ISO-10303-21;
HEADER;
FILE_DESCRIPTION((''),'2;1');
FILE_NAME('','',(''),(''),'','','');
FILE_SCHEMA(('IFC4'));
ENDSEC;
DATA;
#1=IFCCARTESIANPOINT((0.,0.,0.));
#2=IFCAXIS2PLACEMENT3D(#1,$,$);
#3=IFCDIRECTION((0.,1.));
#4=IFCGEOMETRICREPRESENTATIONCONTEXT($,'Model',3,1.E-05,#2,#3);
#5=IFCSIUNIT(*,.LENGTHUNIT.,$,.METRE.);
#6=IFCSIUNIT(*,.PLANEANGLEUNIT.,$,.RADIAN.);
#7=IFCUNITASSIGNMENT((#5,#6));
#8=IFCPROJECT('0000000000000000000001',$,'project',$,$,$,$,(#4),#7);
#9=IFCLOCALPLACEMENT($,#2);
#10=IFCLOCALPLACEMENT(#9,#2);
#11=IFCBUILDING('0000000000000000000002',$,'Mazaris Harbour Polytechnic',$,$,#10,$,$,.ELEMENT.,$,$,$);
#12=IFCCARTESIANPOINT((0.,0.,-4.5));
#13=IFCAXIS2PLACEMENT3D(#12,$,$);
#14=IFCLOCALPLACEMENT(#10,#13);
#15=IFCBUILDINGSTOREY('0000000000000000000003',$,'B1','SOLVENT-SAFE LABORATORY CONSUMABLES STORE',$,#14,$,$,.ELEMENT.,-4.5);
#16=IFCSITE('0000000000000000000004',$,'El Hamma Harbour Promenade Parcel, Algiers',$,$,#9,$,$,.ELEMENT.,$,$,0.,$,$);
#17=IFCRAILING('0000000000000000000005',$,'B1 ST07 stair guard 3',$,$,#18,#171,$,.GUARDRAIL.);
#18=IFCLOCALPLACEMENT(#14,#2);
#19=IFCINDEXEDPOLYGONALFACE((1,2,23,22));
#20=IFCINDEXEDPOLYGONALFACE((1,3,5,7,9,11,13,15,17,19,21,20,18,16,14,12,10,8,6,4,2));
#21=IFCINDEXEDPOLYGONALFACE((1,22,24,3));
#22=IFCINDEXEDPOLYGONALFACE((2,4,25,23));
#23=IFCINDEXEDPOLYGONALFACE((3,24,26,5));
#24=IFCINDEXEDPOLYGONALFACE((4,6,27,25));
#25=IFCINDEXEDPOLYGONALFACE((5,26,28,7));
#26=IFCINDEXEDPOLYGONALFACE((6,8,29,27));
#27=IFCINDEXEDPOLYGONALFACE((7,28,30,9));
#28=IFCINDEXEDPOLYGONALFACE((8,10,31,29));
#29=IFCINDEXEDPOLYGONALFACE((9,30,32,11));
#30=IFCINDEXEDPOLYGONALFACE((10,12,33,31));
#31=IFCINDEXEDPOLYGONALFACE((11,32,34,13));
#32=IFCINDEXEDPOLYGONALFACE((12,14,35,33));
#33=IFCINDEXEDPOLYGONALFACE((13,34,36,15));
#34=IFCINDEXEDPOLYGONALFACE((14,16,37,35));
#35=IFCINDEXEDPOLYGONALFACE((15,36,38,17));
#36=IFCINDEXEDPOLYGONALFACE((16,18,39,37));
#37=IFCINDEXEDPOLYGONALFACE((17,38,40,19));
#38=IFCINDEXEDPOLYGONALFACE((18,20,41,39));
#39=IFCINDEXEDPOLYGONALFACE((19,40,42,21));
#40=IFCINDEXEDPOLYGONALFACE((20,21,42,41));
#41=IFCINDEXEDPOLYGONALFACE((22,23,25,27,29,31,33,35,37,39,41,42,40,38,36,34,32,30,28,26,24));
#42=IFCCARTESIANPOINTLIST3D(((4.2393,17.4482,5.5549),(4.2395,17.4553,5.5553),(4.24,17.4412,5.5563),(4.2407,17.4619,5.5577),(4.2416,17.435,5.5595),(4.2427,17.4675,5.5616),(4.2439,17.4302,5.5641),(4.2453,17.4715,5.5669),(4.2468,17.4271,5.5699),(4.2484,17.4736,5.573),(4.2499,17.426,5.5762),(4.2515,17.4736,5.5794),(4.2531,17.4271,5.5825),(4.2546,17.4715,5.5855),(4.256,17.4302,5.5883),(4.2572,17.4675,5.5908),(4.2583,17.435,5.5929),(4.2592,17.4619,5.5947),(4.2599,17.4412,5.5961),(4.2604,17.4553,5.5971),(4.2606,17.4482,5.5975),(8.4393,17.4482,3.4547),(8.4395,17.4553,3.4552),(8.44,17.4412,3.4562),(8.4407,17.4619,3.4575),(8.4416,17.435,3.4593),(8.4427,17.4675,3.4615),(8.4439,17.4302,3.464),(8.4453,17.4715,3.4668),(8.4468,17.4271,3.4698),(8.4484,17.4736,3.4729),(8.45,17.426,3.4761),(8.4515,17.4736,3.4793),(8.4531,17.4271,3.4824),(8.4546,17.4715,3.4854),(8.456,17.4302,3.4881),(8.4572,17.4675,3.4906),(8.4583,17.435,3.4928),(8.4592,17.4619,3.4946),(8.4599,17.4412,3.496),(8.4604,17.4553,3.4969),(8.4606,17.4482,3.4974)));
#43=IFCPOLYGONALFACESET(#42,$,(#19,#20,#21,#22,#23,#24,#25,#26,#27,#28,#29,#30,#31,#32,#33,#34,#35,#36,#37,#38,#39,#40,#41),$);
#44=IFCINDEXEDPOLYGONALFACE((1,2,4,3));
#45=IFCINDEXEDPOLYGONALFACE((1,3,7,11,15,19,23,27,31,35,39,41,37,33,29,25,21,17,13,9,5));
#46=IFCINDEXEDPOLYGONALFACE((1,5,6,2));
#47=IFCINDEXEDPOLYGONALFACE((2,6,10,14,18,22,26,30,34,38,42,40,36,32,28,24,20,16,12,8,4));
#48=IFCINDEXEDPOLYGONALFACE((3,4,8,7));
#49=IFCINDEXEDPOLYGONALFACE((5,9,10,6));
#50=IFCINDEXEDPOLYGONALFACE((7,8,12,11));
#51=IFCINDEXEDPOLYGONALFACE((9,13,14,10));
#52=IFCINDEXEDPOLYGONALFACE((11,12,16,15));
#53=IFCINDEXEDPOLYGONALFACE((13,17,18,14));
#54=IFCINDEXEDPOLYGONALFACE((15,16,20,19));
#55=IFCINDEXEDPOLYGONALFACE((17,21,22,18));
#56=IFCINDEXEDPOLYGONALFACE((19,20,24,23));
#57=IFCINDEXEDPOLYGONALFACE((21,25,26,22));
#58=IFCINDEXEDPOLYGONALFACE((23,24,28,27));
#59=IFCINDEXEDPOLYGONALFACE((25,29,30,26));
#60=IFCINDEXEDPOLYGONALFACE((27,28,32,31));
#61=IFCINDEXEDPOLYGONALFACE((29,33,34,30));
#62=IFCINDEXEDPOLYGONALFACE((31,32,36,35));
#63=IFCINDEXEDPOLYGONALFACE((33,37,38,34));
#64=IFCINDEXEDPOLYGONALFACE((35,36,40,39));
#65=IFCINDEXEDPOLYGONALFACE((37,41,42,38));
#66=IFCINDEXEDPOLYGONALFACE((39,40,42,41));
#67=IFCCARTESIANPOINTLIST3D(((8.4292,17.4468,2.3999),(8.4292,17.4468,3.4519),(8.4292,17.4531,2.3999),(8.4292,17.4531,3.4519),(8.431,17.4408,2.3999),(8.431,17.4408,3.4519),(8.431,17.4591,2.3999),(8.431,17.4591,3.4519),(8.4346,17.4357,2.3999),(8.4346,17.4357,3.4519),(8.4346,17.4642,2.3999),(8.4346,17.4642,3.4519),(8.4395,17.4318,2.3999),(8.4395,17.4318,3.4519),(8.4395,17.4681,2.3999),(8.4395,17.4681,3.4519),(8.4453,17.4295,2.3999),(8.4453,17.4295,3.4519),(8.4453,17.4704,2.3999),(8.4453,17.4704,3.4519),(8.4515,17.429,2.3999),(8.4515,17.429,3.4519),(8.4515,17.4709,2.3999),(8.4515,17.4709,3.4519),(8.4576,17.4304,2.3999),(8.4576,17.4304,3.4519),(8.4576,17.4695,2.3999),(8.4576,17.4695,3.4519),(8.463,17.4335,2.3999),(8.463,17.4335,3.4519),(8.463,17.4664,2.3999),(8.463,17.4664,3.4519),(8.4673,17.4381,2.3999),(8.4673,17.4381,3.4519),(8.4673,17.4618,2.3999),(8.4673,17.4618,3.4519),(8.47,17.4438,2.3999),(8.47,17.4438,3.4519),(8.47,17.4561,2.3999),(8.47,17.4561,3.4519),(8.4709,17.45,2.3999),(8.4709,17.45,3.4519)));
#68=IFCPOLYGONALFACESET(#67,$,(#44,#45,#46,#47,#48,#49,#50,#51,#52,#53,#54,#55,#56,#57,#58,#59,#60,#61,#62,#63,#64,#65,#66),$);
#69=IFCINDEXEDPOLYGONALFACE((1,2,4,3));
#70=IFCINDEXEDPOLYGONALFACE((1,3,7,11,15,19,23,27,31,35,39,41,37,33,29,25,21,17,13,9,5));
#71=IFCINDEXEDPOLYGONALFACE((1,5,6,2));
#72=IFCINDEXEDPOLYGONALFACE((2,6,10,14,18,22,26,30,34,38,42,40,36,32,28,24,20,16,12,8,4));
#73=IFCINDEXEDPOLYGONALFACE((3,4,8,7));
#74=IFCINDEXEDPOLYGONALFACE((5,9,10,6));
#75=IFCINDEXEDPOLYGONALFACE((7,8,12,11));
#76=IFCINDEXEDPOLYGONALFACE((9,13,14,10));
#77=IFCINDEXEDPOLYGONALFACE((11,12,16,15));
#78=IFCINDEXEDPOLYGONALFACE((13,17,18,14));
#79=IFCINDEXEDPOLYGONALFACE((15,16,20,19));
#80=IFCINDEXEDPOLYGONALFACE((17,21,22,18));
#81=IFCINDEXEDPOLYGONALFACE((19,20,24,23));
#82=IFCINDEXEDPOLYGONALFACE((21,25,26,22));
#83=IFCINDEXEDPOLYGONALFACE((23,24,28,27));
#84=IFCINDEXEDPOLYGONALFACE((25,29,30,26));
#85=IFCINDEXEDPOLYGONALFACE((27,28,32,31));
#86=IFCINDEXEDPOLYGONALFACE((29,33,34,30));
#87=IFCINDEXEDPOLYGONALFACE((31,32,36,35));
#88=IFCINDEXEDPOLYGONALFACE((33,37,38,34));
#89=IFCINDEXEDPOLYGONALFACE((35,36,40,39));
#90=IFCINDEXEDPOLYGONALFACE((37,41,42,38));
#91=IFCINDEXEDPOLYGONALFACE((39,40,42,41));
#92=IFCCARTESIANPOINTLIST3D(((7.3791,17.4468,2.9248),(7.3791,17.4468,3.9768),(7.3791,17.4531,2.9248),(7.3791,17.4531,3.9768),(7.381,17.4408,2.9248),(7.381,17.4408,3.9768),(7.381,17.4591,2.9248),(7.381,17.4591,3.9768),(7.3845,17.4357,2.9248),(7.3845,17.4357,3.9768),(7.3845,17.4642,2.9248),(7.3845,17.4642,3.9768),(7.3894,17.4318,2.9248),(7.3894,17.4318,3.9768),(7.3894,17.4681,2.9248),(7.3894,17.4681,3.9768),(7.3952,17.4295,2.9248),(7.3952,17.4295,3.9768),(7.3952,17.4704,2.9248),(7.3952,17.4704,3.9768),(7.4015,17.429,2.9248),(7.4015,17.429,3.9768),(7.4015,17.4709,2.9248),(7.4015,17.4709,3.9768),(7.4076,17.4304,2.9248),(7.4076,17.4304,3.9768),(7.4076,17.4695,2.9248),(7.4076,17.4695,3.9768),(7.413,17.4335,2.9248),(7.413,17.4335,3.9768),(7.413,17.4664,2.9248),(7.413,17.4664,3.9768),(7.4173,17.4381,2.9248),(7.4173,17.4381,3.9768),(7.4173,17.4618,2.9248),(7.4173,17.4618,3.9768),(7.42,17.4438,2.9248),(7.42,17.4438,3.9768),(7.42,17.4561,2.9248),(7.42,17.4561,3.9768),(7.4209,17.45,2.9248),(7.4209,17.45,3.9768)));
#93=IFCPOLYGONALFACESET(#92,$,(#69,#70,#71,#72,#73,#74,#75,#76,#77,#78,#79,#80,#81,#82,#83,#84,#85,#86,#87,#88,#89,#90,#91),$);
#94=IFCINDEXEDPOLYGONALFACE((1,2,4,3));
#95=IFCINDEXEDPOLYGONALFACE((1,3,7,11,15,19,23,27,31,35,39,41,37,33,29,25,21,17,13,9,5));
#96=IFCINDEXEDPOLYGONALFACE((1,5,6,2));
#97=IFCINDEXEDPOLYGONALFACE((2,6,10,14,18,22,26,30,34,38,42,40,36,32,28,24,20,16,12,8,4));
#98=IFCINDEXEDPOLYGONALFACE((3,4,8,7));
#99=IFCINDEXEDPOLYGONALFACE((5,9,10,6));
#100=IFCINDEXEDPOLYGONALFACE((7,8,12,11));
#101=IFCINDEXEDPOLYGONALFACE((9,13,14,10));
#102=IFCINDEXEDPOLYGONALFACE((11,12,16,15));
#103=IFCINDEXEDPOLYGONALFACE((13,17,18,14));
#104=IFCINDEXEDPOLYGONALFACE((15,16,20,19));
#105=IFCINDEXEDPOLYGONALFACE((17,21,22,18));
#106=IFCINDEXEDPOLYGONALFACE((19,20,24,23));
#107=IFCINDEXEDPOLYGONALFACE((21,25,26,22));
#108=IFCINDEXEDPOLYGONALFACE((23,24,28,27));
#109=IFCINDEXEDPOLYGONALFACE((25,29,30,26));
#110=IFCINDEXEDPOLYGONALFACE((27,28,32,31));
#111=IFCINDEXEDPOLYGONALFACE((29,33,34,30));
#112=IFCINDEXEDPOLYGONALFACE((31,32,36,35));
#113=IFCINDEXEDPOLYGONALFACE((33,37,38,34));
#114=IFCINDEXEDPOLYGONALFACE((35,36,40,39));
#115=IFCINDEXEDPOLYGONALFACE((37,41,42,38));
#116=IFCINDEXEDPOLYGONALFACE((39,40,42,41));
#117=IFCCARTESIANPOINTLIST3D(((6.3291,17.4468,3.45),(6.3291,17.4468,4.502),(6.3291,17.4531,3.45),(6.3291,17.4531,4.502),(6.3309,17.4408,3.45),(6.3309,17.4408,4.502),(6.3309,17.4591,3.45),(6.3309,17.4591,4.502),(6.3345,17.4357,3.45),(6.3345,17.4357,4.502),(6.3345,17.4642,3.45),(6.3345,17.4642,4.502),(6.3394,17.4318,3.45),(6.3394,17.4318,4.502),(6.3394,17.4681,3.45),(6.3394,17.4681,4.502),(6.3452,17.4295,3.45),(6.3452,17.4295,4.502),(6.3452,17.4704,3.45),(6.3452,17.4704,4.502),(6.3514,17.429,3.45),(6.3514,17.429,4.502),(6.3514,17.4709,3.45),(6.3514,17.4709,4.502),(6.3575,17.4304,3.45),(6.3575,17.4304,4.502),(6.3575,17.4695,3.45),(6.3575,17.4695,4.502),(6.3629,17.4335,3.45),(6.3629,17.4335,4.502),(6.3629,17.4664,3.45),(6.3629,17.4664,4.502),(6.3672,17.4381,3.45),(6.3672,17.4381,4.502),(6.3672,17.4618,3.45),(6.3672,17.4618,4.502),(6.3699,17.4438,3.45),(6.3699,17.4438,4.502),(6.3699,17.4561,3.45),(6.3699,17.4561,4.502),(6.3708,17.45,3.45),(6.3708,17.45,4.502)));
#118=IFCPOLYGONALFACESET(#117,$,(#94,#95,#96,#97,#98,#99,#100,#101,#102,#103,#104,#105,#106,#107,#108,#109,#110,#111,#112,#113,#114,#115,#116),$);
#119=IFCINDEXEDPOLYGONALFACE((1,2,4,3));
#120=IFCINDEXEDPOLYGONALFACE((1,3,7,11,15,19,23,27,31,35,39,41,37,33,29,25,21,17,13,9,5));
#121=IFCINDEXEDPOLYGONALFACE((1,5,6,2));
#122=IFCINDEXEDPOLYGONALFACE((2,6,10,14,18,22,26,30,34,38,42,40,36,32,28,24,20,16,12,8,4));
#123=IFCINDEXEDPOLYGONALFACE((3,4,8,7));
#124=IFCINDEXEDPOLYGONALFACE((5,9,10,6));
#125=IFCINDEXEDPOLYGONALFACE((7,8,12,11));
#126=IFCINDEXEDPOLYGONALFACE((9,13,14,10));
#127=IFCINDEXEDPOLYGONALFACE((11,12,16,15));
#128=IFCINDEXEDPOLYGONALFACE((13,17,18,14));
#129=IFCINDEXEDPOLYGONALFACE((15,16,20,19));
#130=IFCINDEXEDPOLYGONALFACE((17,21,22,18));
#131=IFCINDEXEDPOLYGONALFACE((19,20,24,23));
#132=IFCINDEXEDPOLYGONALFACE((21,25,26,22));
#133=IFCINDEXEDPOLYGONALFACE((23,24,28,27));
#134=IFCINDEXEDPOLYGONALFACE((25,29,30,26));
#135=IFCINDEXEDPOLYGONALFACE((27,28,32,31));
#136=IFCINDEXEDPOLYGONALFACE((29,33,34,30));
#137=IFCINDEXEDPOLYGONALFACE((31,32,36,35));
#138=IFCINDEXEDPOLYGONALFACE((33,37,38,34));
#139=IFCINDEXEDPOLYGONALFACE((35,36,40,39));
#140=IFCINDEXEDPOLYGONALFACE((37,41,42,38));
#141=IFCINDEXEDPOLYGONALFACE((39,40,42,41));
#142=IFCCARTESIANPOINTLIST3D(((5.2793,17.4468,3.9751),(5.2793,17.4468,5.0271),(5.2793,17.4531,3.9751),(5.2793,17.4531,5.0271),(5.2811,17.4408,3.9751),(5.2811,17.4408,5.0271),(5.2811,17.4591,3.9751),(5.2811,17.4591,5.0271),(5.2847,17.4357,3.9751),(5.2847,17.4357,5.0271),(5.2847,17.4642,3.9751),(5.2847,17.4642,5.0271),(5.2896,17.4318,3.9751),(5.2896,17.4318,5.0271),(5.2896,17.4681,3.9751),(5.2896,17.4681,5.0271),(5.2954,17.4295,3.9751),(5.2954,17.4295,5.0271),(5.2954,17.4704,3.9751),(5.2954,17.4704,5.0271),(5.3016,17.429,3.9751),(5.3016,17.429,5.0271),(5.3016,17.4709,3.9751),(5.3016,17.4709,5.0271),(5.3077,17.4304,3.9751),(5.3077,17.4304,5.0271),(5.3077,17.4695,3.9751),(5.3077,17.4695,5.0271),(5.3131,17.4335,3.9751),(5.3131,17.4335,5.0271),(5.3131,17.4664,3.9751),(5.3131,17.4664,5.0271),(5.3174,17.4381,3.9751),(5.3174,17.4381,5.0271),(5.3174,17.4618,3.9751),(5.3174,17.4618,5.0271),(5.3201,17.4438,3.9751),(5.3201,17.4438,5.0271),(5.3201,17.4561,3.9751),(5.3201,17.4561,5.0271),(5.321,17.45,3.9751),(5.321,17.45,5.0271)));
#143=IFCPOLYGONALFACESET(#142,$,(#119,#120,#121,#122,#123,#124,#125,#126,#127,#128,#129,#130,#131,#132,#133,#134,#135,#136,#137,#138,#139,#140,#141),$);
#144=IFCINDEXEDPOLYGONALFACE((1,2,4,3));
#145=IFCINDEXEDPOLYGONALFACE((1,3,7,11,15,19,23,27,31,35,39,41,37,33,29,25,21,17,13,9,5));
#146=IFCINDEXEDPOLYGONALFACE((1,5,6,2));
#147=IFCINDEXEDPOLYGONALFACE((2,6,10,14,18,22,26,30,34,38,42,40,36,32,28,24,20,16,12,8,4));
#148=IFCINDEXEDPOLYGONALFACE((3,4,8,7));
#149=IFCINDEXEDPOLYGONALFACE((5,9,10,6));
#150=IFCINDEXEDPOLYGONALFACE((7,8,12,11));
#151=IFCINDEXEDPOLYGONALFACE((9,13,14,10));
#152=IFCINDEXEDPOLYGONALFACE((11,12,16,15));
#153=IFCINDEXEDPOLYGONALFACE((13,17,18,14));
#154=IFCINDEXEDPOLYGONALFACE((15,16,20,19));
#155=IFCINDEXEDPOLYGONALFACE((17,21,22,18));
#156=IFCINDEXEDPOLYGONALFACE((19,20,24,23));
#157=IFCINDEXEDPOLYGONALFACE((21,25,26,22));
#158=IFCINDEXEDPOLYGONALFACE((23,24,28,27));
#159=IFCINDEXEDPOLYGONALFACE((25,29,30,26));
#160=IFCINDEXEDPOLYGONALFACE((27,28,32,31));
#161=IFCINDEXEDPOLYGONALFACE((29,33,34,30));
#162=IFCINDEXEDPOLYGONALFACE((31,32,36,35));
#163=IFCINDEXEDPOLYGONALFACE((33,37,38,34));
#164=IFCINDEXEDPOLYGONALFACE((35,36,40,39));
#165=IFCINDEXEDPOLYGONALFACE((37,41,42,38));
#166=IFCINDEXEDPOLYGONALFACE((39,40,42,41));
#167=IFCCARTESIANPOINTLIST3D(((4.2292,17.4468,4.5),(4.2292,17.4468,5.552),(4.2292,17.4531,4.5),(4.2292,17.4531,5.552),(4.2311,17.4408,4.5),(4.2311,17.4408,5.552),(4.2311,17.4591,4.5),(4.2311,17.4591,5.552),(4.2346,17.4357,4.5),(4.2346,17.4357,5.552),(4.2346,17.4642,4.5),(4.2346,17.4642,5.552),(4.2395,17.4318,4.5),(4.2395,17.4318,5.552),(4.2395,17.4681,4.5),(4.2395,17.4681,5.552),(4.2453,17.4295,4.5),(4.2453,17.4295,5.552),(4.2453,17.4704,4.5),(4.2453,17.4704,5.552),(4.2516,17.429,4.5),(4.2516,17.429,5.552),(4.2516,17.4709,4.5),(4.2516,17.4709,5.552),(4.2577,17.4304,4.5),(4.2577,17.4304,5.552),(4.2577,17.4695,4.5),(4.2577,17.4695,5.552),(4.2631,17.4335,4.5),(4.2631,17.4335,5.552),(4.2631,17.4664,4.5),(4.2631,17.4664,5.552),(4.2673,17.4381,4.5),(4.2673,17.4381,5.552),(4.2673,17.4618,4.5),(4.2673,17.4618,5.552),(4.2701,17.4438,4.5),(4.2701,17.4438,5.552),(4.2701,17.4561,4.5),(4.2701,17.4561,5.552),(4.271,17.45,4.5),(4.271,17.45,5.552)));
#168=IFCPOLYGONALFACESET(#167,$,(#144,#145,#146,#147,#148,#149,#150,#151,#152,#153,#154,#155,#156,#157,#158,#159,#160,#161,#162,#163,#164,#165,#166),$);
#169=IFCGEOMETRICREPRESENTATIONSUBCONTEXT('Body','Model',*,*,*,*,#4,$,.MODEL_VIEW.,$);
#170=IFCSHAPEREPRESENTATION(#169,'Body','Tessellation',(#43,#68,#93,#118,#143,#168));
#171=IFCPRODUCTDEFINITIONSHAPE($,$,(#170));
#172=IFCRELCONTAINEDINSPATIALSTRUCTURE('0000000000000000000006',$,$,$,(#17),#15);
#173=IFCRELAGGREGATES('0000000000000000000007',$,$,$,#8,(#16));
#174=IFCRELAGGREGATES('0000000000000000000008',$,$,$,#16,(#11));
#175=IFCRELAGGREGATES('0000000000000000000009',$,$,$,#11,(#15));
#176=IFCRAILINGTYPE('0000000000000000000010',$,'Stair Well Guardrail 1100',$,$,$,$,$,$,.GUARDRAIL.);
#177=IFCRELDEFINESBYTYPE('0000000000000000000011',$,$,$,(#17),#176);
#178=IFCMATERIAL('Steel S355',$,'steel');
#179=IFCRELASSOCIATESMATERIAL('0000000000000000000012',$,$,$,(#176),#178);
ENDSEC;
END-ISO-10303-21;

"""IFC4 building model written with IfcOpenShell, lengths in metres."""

from ifc_helpers import new_model, si_unit, direction, frame, origin, origin_2d, place, context, subcontext, project, spatial, circle, extrude, material, type_object, element, save


model = new_model("IFC4")

# Units and contexts
model_context = context("Model", 3, precision=1e-05, world=origin(), true_north=direction((0.0, 1.0)))
body_context = subcontext(model_context, "Body", "Model", "MODEL_VIEW")
ifc_project = project(units=[si_unit("LENGTHUNIT", "METRE"), si_unit("PLANEANGLEUNIT", "RADIAN")], contexts=[model_context])

# Site, building, storey
site_placement = place(None, origin())
site = spatial("IfcSite", under=ifc_project, at=site_placement, Name="El Hamma Harbour Promenade Parcel, Algiers", CompositionType="ELEMENT", RefElevation=0.0)
building_placement = place(site_placement, origin())
building = spatial("IfcBuilding", under=site, at=building_placement, Name="Mazaris Harbour Polytechnic", CompositionType="ELEMENT")
storey_placement = place(building_placement, frame((0.0, 0.0, -4.5)))
storey = spatial("IfcBuildingStorey", under=building, at=storey_placement, Name="B1", Description="SOLVENT-SAFE LABORATORY CONSUMABLES STORE", CompositionType="ELEMENT", Elevation=-4.5)

# Railing
ifc_material_1 = material(Name="Steel S355", Category="steel")
railing_type_1 = type_object("IfcRailingType", Name="Stair Well Guardrail 1100", PredefinedType="GUARDRAIL", material=ifc_material_1)
railing_1_placement = place(storey_placement, frame((8.45, 17.45, 2.3999)))
element("IfcRailing", 1, at=railing_1_placement, inside=storey, type_object=railing_type_1, Name="B1 ST07 stair guard 3", PredefinedType="GUARDRAIL", context=body_context, shape_type="SweptSolid", body=[
    extrude(circle(Radius=0.0239, at=origin_2d()), frame((0.0, 0.0, 1.0762), z_axis=(-0.894417, 0.0, 0.447234), x_axis=(0.0, -1.0, 0.0)), (0.0, 0.0, 1.0), 4.6958),
    extrude(circle(Radius=0.021, at=origin_2d()), origin(), (0.0, 0.0, 1.0), 1.052),
    extrude(circle(Radius=0.021, at=origin_2d()), frame((-1.05, 0.0, 0.5249)), (0.0, 0.0, 1.0), 1.052),
    extrude(circle(Radius=0.021, at=origin_2d()), frame((-2.1001, 0.0, 1.05)), (0.0, 0.0, 1.0), 1.052),
    extrude(circle(Radius=0.021, at=origin_2d()), frame((-3.1499, 0.0, 1.5752)), (0.0, 0.0, 1.0), 1.052),
    extrude(circle(Radius=0.021, at=origin_2d()), frame((-4.2, 0.0, 2.1001)), (0.0, 0.0, 1.0), 1.052),
])

save(model, "model.ifc")
